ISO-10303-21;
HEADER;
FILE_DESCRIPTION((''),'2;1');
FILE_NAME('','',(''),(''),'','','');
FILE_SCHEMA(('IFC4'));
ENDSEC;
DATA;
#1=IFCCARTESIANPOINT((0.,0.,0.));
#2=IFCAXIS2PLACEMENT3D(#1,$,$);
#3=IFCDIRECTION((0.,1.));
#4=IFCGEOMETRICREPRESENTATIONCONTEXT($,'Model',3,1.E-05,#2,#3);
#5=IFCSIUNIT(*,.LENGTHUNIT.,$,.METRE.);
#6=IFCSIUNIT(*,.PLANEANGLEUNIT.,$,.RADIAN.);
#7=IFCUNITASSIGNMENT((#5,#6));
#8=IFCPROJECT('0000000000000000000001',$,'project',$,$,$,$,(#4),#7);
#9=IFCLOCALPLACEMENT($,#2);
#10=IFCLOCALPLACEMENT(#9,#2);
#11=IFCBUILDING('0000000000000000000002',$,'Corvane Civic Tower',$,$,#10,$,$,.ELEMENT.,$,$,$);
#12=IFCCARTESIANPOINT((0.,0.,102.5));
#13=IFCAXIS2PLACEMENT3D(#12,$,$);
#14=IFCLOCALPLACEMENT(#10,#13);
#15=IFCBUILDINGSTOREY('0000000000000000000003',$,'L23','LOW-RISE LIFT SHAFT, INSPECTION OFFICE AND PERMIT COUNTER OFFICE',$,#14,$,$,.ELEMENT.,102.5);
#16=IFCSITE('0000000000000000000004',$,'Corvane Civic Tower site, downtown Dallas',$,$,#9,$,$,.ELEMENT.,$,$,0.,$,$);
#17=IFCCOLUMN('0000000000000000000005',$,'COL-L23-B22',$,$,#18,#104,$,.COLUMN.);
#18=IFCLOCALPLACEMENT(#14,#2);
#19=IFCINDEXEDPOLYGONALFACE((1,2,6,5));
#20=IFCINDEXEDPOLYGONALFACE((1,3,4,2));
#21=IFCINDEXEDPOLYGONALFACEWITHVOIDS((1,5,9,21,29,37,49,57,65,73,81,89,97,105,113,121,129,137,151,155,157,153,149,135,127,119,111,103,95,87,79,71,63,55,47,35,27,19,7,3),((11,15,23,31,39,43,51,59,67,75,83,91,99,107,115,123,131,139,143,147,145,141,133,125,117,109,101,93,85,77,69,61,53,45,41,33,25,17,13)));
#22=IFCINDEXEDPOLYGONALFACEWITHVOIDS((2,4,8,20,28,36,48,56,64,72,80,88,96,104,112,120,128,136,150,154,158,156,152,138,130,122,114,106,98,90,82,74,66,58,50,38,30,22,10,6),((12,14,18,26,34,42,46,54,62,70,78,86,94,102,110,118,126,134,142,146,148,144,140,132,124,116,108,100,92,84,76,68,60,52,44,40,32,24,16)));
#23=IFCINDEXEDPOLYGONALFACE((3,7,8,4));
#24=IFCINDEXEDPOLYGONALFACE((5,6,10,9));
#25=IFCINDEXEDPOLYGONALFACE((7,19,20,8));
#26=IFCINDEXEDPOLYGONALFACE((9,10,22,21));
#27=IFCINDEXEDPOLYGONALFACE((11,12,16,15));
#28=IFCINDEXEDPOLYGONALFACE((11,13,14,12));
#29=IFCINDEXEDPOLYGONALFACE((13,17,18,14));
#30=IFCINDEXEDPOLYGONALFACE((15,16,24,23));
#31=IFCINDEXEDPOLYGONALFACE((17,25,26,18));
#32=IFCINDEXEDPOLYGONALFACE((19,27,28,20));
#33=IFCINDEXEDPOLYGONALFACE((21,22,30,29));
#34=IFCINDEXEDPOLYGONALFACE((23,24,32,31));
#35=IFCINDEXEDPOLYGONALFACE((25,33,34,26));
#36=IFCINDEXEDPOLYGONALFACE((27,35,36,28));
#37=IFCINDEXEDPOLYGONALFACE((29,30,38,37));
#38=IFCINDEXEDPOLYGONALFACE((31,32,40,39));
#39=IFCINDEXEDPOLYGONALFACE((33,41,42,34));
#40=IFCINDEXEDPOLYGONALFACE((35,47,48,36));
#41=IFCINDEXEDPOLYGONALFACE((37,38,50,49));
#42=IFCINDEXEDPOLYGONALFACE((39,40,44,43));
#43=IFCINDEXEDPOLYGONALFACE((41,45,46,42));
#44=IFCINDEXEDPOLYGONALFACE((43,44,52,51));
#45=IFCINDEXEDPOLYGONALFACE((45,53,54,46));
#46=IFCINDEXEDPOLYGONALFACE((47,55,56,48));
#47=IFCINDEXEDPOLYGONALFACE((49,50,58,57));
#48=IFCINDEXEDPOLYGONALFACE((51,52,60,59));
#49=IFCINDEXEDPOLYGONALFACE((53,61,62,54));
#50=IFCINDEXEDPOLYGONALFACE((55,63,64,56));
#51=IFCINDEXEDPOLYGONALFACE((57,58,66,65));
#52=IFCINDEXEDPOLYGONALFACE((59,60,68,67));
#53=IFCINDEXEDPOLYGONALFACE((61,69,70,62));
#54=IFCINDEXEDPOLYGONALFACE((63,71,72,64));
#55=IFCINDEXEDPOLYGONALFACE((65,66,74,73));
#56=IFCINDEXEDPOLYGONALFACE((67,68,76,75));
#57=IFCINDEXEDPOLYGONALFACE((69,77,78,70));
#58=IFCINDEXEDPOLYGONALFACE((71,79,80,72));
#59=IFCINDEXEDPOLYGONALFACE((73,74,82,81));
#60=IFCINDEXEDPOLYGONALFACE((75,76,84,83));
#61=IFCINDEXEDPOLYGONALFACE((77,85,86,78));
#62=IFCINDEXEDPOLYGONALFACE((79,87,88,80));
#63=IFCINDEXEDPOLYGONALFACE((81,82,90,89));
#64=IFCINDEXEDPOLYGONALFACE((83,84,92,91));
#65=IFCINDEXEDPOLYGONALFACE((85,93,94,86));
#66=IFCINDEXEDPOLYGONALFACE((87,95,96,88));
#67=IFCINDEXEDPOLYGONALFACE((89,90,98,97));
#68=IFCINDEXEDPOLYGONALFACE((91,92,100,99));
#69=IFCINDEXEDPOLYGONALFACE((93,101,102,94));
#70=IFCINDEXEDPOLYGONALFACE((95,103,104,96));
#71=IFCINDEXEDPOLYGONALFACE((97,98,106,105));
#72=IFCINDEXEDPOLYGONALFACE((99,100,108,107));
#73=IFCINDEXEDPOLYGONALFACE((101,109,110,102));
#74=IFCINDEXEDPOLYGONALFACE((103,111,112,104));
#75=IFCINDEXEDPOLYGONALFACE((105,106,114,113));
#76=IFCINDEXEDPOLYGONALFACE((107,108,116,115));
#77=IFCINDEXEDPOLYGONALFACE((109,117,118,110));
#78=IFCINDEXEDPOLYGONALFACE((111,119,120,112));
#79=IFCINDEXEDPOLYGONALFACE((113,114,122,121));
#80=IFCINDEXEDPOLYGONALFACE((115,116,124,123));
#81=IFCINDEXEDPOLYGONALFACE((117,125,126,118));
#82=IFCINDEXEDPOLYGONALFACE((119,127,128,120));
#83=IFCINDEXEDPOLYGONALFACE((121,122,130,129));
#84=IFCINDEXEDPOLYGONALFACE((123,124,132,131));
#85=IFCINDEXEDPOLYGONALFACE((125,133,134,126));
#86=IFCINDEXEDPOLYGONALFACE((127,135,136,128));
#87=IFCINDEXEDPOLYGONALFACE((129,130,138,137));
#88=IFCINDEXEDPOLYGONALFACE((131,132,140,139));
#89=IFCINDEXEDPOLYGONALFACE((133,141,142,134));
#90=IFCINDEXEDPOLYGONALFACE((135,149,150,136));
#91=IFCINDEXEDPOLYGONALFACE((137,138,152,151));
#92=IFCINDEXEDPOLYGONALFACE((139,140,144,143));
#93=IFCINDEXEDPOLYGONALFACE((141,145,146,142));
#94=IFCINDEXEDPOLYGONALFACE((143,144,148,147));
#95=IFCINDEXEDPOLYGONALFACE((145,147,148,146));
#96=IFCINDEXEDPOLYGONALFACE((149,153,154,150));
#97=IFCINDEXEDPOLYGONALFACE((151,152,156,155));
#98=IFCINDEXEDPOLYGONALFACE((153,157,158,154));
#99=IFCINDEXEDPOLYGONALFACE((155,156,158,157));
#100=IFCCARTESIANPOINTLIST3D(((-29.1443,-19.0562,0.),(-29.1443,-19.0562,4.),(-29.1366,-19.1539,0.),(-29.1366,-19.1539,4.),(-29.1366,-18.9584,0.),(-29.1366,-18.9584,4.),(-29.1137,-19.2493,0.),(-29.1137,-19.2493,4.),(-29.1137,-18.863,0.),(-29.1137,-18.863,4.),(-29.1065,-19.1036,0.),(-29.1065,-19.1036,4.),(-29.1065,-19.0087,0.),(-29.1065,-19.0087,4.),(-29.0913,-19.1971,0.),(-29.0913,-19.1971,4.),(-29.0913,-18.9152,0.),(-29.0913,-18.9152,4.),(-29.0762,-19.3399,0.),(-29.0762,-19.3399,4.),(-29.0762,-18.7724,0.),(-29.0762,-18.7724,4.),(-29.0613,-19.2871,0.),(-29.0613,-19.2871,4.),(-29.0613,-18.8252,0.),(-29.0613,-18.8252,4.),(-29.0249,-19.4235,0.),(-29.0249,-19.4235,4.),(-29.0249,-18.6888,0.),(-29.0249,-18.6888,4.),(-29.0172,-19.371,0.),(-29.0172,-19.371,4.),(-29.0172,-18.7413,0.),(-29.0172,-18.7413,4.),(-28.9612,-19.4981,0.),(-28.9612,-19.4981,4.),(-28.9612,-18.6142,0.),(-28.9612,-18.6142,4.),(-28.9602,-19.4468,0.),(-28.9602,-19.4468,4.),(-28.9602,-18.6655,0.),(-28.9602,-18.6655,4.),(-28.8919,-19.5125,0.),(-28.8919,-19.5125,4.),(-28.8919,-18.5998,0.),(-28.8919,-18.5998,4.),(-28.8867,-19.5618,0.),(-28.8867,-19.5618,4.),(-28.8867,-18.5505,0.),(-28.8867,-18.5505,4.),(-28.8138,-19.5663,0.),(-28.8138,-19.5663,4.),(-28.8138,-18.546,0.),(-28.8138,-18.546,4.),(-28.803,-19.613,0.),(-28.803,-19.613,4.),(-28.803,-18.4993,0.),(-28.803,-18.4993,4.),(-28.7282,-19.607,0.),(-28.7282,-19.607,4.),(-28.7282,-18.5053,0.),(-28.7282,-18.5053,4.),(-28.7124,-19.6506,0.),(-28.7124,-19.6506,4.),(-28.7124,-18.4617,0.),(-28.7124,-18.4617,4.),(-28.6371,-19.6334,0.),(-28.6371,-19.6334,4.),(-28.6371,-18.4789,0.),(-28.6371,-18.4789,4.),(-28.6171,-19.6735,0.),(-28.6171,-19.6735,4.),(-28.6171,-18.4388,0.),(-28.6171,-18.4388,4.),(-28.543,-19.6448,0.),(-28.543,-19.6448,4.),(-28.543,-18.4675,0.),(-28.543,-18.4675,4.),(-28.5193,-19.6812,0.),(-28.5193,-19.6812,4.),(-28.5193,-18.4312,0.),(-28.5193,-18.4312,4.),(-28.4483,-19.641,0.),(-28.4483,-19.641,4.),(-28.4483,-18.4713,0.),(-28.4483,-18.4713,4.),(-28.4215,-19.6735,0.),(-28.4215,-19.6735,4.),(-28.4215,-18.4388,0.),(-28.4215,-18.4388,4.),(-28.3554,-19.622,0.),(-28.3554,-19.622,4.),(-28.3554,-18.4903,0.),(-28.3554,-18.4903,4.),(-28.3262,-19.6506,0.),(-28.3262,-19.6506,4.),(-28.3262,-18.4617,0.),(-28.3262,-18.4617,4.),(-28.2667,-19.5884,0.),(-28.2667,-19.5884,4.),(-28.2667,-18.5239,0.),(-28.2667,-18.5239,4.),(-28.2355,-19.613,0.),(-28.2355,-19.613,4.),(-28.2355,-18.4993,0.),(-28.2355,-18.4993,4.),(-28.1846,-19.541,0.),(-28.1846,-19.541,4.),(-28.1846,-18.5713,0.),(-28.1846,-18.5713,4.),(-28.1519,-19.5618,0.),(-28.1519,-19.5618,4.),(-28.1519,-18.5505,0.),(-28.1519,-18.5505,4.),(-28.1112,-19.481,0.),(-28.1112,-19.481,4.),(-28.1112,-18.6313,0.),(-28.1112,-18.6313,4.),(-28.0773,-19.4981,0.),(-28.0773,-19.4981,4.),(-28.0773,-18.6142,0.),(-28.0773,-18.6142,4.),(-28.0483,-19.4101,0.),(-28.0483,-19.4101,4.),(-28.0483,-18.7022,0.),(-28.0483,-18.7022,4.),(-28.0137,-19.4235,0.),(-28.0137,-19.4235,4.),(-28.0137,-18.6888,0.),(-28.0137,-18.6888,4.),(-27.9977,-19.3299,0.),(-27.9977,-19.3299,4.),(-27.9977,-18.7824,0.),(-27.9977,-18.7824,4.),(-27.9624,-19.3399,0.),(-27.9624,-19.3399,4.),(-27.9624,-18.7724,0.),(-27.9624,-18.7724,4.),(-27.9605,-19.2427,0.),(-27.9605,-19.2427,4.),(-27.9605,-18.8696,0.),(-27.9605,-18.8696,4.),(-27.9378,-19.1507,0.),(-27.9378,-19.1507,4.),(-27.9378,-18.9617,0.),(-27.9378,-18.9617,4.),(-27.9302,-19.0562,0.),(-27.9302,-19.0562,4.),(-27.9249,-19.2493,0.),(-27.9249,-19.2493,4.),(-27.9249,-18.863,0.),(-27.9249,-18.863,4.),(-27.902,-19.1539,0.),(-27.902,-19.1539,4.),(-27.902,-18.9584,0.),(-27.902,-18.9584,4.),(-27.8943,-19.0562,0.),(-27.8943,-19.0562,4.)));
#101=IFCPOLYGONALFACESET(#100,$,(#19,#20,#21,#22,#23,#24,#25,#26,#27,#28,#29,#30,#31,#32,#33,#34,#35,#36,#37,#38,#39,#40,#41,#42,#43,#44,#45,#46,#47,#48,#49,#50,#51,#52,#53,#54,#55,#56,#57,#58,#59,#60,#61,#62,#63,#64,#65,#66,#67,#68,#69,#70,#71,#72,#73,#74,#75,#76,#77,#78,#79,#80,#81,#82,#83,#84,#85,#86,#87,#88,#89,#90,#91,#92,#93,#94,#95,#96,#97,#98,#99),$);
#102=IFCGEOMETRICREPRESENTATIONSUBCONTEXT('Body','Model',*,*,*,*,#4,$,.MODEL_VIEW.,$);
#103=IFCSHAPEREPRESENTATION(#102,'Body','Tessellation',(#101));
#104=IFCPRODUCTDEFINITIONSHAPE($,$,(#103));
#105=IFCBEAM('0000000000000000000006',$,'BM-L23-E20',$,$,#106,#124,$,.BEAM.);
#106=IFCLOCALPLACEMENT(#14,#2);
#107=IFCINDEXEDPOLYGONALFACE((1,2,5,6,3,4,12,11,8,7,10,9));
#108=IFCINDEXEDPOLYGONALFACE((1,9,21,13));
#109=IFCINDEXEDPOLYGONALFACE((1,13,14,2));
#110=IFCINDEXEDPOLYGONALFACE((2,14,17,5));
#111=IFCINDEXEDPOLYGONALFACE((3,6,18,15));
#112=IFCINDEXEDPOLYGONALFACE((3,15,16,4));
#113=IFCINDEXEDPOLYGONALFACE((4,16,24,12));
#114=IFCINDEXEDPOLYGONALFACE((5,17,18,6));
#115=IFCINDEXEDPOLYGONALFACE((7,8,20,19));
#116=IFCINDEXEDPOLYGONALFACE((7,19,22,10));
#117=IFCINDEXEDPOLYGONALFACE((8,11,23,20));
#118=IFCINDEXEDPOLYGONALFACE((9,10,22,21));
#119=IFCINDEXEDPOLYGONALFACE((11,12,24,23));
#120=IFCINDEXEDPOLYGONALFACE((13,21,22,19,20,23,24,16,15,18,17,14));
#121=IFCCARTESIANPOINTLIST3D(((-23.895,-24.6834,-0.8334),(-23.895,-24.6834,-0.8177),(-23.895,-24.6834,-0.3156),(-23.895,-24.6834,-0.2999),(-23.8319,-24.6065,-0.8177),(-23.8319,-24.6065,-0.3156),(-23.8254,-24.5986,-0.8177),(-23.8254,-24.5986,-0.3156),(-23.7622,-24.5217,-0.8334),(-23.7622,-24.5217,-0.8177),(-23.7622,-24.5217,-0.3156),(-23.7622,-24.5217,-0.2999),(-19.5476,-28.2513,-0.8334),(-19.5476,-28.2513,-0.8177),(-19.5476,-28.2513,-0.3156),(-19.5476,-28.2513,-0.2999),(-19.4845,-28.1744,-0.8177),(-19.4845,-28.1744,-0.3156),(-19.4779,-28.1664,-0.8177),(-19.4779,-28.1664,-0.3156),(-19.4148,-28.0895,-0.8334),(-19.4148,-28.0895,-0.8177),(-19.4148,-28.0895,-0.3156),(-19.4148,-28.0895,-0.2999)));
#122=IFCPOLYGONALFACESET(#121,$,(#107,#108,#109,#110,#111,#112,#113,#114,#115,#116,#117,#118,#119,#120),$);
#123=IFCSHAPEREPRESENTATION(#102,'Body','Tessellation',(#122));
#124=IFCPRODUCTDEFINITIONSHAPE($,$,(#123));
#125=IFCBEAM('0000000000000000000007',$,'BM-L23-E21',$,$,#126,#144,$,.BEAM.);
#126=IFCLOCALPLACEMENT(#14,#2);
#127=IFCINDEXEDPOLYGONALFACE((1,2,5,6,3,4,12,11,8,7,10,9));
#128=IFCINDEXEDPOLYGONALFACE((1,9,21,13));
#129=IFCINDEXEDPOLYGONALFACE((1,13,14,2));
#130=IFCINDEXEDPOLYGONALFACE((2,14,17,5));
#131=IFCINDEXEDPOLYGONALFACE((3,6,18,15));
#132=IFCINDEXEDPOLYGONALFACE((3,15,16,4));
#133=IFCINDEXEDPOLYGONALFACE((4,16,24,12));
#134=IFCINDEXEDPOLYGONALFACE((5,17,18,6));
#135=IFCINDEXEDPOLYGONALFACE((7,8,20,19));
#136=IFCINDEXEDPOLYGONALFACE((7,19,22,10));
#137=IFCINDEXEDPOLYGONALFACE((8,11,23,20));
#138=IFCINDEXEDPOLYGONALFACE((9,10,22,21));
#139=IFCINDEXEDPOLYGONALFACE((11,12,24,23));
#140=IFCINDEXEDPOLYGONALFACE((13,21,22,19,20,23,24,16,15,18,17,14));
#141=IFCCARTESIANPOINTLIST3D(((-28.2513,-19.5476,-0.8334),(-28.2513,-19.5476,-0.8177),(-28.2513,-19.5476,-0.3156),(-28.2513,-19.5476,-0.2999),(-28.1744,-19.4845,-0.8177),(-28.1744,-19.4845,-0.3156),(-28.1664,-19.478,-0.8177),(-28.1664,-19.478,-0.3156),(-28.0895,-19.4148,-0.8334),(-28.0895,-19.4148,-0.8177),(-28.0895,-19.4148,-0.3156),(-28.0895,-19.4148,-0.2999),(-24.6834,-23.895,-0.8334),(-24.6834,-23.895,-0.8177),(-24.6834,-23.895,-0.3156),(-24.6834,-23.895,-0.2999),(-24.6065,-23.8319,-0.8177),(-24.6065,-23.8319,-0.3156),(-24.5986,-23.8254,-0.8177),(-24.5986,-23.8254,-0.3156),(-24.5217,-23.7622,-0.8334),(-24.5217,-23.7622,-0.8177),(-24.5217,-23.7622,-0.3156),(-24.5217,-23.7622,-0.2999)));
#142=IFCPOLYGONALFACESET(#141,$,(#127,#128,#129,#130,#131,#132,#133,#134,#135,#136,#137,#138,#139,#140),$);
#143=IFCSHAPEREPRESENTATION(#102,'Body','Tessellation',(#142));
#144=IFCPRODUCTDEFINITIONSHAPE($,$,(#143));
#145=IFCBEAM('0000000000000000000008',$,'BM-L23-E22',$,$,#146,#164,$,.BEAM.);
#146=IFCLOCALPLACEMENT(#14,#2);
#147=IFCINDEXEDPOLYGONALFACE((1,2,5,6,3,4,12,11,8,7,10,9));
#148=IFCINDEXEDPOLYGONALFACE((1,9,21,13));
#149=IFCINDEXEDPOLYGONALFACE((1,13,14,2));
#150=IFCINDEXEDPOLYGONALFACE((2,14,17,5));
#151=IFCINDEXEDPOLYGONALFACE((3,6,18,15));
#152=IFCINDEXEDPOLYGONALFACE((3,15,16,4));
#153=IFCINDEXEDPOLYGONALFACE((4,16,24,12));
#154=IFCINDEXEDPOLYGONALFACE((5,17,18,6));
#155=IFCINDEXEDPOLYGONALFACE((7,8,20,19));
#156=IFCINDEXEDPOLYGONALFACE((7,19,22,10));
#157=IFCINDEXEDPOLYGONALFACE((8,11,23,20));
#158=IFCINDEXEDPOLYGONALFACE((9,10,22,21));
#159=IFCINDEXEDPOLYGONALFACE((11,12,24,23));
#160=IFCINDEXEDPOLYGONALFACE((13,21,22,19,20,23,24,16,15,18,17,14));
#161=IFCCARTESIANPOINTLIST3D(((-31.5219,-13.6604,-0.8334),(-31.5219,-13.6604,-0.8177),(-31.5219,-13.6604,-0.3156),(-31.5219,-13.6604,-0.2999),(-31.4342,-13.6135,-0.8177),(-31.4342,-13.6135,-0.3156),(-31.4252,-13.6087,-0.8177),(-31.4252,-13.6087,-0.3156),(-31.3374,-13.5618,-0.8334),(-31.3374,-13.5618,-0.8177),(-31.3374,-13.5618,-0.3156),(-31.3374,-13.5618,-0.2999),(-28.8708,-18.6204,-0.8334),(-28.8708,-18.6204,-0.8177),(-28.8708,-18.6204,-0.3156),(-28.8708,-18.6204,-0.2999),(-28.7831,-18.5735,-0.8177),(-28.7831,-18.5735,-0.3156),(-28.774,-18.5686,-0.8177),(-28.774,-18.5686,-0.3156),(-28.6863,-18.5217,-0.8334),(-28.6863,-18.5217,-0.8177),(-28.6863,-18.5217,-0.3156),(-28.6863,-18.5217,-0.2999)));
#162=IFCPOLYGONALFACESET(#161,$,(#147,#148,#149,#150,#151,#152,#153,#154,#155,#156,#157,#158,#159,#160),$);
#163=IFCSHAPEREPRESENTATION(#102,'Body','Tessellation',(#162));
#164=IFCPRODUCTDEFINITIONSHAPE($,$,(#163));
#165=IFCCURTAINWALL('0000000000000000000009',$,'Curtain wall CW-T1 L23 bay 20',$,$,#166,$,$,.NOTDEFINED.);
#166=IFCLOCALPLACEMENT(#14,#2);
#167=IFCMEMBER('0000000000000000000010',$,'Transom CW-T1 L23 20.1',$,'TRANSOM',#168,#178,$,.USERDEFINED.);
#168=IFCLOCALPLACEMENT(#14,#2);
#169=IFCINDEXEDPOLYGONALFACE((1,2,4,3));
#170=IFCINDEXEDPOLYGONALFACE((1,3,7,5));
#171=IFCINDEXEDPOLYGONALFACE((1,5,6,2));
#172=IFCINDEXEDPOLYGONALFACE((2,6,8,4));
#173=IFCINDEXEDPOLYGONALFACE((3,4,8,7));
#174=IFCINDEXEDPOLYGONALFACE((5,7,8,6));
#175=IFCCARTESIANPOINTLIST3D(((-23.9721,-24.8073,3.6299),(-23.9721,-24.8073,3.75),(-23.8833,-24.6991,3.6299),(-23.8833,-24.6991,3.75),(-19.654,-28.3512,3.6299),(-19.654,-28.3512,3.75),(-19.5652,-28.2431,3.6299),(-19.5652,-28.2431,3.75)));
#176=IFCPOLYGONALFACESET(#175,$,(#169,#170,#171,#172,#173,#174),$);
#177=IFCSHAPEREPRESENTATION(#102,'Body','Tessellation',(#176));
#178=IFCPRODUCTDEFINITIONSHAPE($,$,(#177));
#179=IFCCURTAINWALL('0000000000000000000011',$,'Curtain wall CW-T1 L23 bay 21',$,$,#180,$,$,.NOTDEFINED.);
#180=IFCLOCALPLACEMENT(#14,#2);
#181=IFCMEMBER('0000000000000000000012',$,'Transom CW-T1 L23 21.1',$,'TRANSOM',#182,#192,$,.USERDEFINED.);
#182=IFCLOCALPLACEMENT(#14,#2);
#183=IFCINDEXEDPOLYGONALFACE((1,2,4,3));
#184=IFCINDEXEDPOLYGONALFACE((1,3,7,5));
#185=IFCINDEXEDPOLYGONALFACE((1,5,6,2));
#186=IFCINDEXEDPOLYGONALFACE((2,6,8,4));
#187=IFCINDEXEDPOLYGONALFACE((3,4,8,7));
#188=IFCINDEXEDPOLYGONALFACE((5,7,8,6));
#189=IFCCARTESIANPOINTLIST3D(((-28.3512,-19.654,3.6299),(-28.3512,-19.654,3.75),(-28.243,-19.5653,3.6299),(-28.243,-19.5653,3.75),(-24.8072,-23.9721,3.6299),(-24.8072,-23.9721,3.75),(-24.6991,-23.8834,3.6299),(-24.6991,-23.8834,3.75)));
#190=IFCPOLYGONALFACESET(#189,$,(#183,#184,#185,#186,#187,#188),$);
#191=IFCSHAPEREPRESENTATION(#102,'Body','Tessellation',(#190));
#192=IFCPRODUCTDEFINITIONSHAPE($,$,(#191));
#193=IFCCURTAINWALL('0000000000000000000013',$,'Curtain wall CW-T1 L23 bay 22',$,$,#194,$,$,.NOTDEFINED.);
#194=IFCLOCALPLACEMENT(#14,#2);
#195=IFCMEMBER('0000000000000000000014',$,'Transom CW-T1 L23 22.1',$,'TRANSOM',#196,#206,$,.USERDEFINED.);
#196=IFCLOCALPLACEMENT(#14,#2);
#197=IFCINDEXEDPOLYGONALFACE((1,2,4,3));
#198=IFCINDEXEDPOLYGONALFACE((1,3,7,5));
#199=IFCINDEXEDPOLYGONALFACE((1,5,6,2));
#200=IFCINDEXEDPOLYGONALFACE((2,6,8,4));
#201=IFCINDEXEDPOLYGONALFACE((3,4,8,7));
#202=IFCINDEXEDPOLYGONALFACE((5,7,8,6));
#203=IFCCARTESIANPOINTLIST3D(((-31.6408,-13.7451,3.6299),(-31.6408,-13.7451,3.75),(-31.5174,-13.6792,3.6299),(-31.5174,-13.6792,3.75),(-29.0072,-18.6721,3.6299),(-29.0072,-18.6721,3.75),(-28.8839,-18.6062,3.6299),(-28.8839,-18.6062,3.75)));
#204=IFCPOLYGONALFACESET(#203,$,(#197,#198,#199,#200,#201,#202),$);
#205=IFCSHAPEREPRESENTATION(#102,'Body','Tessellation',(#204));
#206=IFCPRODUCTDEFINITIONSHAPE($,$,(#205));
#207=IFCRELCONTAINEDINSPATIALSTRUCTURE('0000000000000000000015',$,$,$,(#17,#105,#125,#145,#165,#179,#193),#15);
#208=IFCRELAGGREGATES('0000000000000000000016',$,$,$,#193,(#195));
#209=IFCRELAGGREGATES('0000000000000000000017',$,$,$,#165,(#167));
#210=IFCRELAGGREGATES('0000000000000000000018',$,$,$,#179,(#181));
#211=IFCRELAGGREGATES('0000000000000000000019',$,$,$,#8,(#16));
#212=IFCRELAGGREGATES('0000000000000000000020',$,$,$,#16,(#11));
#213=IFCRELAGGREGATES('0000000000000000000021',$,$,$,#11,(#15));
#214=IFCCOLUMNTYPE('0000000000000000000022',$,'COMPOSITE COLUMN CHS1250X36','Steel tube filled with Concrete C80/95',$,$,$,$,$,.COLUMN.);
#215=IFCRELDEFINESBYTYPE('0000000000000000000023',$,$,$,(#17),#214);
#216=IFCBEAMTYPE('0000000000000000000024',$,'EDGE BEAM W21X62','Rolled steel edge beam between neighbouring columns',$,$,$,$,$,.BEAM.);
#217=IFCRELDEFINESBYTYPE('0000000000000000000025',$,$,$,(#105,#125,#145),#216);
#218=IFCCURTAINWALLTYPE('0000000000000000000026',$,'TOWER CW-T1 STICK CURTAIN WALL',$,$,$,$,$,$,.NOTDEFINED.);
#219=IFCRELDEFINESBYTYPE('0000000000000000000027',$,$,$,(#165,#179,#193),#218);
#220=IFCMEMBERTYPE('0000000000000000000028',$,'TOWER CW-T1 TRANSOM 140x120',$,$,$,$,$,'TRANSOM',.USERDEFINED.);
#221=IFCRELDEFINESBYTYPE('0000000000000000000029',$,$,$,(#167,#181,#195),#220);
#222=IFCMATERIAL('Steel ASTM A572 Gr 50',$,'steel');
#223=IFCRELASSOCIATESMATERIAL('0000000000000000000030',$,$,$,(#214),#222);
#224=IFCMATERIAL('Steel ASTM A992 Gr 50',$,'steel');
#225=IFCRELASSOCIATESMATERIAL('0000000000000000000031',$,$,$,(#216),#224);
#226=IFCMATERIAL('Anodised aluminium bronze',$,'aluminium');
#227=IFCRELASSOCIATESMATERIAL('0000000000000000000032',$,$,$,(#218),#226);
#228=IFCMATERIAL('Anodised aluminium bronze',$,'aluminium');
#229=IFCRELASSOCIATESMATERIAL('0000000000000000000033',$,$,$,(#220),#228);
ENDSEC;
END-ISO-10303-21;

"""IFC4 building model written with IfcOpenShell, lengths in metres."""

from ifc_helpers import new_model, si_unit, direction, frame, origin, origin_2d, place, context, subcontext, project, spatial, rectangle, hollow_circle, i_section, extrude, material, material_profile, profile_set, type_object, element, aggregate, save


model = new_model("IFC4")

# Units and contexts
model_context = context("Model", 3, precision=1e-05, world=origin(), true_north=direction((0.0, 1.0)))
body_context = subcontext(model_context, "Body", "Model", "MODEL_VIEW")
ifc_project = project(units=[si_unit("LENGTHUNIT", "METRE"), si_unit("PLANEANGLEUNIT", "RADIAN")], contexts=[model_context])

# Site, building, storey
site_placement = place(None, origin())
site = spatial("IfcSite", under=ifc_project, at=site_placement, Name="Corvane Civic Tower site, downtown Dallas", CompositionType="ELEMENT", RefElevation=0.0)
building_placement = place(site_placement, origin())
building = spatial("IfcBuilding", under=site, at=building_placement, Name="Corvane Civic Tower", CompositionType="ELEMENT")
storey_placement = place(building_placement, frame((0.0, 0.0, 102.5)))
storey = spatial("IfcBuildingStorey", under=building, at=storey_placement, Name="L23", Description="LOW-RISE LIFT SHAFT, INSPECTION OFFICE AND PERMIT COUNTER OFFICE", CompositionType="ELEMENT", Elevation=102.5)

# Column
ifc_material_1 = material(Name="Steel ASTM A572 Gr 50", Category="steel")
ifc_material_profile_1 = material_profile(ifc_material_1, hollow_circle(Radius=0.625, WallThickness=0.0359, at=origin_2d()), Name="CHS1250X36")
ifc_profile_set_1 = profile_set([ifc_material_profile_1], Name="Steel ASTM A572 Gr 50")
column_type = type_object("IfcColumnType", Name="COMPOSITE COLUMN CHS1250X36", Description="Steel tube filled with Concrete C80/95", PredefinedType="COLUMN", material=ifc_profile_set_1)
for number, where, z_axis, x_axis, name in (
    (1, (-28.5193, -19.0562, 0.0), (0.0, 0.0, 1.0), (1.0, 0.0, 0.0), "COL-L23-B22"),
):
    element("IfcColumn", number, at=place(storey_placement, frame(where, z_axis=z_axis, x_axis=x_axis)), inside=storey, type_object=column_type, Name=name, PredefinedType="COLUMN", context=body_context, shape_type="SweptSolid", body=[
        extrude(hollow_circle(Radius=0.625, WallThickness=0.0359, at=origin_2d()), origin(), (0.0, 0.0, 1.0), 4.0),
    ])

# Beams
ifc_material_2 = material(Name="Steel ASTM A992 Gr 50", Category="steel")
ifc_material_profile_2 = material_profile(ifc_material_2, i_section(OverallWidth=0.2092, OverallDepth=0.5334, WebThickness=0.0103, FlangeThickness=0.0156, at=origin_2d()), Name="W21X62")
ifc_profile_set_2 = profile_set([ifc_material_profile_2], Name="Steel ASTM A992 Gr 50")
beam_type = type_object("IfcBeamType", Name="EDGE BEAM W21X62", Description="Rolled steel edge beam between neighbouring columns", PredefinedType="BEAM", material=ifc_profile_set_2)
for number, where, z_axis, x_axis, name in (
    (2, (-19.4812, -28.1704, -0.5667), (-0.773007, 0.634398, 0.0), (-0.634398, -0.773007, 0.0), "BM-L23-E20"),
    (3, (-24.6025, -23.8286, -0.5667), (-0.634398, 0.773007, 0.0), (-0.773007, -0.634398, 0.0), "BM-L23-E21"),
    (4, (-28.7786, -18.571, -0.5667), (-0.471392, 0.881924, 0.0), (-0.881924, -0.471392, 0.0), "BM-L23-E22"),
):
    element("IfcBeam", number, at=place(storey_placement, frame(where, z_axis=z_axis, x_axis=x_axis)), inside=storey, type_object=beam_type, Name=name, PredefinedType="BEAM", context=body_context, shape_type="SweptSolid", body=[
        extrude(i_section(OverallWidth=0.2092, OverallDepth=0.5334, WebThickness=0.0103, FlangeThickness=0.0156, at=origin_2d()), origin(), (0.0, 0.0, 1.0), 5.624),
    ])

# Curtain walls, members
ifc_material_3 = material(Name="Anodised aluminium bronze", Category="aluminium")
curtain_wall_type = type_object("IfcCurtainWallType", Name="TOWER CW-T1 STICK CURTAIN WALL", PredefinedType="NOTDEFINED", material=ifc_material_3)
curtain_wall_1_placement = place(storey_placement, origin())
curtain_wall_1 = element("IfcCurtainWall", 5, at=curtain_wall_1_placement, inside=storey, type_object=curtain_wall_type, Name="Curtain wall CW-T1 L23 bay 20", PredefinedType="NOTDEFINED")
ifc_material_4 = material(Name="Anodised aluminium bronze", Category="aluminium")
ifc_material_profile_3 = material_profile(ifc_material_4, rectangle(XDim=0.1399, YDim=0.1201, at=origin_2d()), Name="TOWER CW-T1 TRANSOM 140x120")
ifc_profile_set_3 = profile_set([ifc_material_profile_3], Name="Anodised aluminium bronze")
member_type = type_object("IfcMemberType", Name="TOWER CW-T1 TRANSOM 140x120", ElementType="TRANSOM", PredefinedType="USERDEFINED", material=ifc_profile_set_3)
member_1_placement = place(storey_placement, frame((-19.6096, -28.2971, 3.6899), z_axis=(-0.772996, 0.63441, 0.0), x_axis=(-0.63441, -0.772996, 0.0)))
member_1 = element("IfcMember", 6, at=member_1_placement, type_object=member_type, Name="Transom CW-T1 L23 20.1", ObjectType="TRANSOM", PredefinedType="USERDEFINED", context=body_context, shape_type="SweptSolid", body=[
    extrude(rectangle(XDim=0.1399, YDim=0.1201, at=origin_2d()), origin(), (0.0, 0.0, 1.0), 5.5862),
])
curtain_wall_2_placement = place(storey_placement, origin())
curtain_wall_2 = element("IfcCurtainWall", 7, at=curtain_wall_2_placement, inside=storey, type_object=curtain_wall_type, Name="Curtain wall CW-T1 L23 bay 21", PredefinedType="NOTDEFINED")
member_2_placement = place(storey_placement, frame((-24.7532, -23.9277, 3.6899), z_axis=(-0.63441, 0.772996, 0.0), x_axis=(-0.772996, -0.63441, 0.0)))
member_2 = element("IfcMember", 8, at=member_2_placement, type_object=member_type, Name="Transom CW-T1 L23 21.1", ObjectType="TRANSOM", PredefinedType="USERDEFINED", context=body_context, shape_type="SweptSolid", body=[
    extrude(rectangle(XDim=0.1399, YDim=0.1201, at=origin_2d()), origin(), (0.0, 0.0, 1.0), 5.5862),
])
curtain_wall_3_placement = place(storey_placement, origin())
curtain_wall_3 = element("IfcCurtainWall", 9, at=curtain_wall_3_placement, inside=storey, type_object=curtain_wall_type, Name="Curtain wall CW-T1 L23 bay 22", PredefinedType="NOTDEFINED")
member_3_placement = place(storey_placement, frame((-28.9456, -18.6392, 3.6899), z_axis=(-0.471398, 0.881921, 0.0), x_axis=(-0.881921, -0.471398, 0.0)))
member_3 = element("IfcMember", 10, at=member_3_placement, type_object=member_type, Name="Transom CW-T1 L23 22.1", ObjectType="TRANSOM", PredefinedType="USERDEFINED", context=body_context, shape_type="SweptSolid", body=[
    extrude(rectangle(XDim=0.1399, YDim=0.1201, at=origin_2d()), origin(), (0.0, 0.0, 1.0), 5.5867),
])
aggregate(curtain_wall_3, [member_3])

aggregate(curtain_wall_1, [member_1])
aggregate(curtain_wall_2, [member_2])

save(model, "model.ifc")
